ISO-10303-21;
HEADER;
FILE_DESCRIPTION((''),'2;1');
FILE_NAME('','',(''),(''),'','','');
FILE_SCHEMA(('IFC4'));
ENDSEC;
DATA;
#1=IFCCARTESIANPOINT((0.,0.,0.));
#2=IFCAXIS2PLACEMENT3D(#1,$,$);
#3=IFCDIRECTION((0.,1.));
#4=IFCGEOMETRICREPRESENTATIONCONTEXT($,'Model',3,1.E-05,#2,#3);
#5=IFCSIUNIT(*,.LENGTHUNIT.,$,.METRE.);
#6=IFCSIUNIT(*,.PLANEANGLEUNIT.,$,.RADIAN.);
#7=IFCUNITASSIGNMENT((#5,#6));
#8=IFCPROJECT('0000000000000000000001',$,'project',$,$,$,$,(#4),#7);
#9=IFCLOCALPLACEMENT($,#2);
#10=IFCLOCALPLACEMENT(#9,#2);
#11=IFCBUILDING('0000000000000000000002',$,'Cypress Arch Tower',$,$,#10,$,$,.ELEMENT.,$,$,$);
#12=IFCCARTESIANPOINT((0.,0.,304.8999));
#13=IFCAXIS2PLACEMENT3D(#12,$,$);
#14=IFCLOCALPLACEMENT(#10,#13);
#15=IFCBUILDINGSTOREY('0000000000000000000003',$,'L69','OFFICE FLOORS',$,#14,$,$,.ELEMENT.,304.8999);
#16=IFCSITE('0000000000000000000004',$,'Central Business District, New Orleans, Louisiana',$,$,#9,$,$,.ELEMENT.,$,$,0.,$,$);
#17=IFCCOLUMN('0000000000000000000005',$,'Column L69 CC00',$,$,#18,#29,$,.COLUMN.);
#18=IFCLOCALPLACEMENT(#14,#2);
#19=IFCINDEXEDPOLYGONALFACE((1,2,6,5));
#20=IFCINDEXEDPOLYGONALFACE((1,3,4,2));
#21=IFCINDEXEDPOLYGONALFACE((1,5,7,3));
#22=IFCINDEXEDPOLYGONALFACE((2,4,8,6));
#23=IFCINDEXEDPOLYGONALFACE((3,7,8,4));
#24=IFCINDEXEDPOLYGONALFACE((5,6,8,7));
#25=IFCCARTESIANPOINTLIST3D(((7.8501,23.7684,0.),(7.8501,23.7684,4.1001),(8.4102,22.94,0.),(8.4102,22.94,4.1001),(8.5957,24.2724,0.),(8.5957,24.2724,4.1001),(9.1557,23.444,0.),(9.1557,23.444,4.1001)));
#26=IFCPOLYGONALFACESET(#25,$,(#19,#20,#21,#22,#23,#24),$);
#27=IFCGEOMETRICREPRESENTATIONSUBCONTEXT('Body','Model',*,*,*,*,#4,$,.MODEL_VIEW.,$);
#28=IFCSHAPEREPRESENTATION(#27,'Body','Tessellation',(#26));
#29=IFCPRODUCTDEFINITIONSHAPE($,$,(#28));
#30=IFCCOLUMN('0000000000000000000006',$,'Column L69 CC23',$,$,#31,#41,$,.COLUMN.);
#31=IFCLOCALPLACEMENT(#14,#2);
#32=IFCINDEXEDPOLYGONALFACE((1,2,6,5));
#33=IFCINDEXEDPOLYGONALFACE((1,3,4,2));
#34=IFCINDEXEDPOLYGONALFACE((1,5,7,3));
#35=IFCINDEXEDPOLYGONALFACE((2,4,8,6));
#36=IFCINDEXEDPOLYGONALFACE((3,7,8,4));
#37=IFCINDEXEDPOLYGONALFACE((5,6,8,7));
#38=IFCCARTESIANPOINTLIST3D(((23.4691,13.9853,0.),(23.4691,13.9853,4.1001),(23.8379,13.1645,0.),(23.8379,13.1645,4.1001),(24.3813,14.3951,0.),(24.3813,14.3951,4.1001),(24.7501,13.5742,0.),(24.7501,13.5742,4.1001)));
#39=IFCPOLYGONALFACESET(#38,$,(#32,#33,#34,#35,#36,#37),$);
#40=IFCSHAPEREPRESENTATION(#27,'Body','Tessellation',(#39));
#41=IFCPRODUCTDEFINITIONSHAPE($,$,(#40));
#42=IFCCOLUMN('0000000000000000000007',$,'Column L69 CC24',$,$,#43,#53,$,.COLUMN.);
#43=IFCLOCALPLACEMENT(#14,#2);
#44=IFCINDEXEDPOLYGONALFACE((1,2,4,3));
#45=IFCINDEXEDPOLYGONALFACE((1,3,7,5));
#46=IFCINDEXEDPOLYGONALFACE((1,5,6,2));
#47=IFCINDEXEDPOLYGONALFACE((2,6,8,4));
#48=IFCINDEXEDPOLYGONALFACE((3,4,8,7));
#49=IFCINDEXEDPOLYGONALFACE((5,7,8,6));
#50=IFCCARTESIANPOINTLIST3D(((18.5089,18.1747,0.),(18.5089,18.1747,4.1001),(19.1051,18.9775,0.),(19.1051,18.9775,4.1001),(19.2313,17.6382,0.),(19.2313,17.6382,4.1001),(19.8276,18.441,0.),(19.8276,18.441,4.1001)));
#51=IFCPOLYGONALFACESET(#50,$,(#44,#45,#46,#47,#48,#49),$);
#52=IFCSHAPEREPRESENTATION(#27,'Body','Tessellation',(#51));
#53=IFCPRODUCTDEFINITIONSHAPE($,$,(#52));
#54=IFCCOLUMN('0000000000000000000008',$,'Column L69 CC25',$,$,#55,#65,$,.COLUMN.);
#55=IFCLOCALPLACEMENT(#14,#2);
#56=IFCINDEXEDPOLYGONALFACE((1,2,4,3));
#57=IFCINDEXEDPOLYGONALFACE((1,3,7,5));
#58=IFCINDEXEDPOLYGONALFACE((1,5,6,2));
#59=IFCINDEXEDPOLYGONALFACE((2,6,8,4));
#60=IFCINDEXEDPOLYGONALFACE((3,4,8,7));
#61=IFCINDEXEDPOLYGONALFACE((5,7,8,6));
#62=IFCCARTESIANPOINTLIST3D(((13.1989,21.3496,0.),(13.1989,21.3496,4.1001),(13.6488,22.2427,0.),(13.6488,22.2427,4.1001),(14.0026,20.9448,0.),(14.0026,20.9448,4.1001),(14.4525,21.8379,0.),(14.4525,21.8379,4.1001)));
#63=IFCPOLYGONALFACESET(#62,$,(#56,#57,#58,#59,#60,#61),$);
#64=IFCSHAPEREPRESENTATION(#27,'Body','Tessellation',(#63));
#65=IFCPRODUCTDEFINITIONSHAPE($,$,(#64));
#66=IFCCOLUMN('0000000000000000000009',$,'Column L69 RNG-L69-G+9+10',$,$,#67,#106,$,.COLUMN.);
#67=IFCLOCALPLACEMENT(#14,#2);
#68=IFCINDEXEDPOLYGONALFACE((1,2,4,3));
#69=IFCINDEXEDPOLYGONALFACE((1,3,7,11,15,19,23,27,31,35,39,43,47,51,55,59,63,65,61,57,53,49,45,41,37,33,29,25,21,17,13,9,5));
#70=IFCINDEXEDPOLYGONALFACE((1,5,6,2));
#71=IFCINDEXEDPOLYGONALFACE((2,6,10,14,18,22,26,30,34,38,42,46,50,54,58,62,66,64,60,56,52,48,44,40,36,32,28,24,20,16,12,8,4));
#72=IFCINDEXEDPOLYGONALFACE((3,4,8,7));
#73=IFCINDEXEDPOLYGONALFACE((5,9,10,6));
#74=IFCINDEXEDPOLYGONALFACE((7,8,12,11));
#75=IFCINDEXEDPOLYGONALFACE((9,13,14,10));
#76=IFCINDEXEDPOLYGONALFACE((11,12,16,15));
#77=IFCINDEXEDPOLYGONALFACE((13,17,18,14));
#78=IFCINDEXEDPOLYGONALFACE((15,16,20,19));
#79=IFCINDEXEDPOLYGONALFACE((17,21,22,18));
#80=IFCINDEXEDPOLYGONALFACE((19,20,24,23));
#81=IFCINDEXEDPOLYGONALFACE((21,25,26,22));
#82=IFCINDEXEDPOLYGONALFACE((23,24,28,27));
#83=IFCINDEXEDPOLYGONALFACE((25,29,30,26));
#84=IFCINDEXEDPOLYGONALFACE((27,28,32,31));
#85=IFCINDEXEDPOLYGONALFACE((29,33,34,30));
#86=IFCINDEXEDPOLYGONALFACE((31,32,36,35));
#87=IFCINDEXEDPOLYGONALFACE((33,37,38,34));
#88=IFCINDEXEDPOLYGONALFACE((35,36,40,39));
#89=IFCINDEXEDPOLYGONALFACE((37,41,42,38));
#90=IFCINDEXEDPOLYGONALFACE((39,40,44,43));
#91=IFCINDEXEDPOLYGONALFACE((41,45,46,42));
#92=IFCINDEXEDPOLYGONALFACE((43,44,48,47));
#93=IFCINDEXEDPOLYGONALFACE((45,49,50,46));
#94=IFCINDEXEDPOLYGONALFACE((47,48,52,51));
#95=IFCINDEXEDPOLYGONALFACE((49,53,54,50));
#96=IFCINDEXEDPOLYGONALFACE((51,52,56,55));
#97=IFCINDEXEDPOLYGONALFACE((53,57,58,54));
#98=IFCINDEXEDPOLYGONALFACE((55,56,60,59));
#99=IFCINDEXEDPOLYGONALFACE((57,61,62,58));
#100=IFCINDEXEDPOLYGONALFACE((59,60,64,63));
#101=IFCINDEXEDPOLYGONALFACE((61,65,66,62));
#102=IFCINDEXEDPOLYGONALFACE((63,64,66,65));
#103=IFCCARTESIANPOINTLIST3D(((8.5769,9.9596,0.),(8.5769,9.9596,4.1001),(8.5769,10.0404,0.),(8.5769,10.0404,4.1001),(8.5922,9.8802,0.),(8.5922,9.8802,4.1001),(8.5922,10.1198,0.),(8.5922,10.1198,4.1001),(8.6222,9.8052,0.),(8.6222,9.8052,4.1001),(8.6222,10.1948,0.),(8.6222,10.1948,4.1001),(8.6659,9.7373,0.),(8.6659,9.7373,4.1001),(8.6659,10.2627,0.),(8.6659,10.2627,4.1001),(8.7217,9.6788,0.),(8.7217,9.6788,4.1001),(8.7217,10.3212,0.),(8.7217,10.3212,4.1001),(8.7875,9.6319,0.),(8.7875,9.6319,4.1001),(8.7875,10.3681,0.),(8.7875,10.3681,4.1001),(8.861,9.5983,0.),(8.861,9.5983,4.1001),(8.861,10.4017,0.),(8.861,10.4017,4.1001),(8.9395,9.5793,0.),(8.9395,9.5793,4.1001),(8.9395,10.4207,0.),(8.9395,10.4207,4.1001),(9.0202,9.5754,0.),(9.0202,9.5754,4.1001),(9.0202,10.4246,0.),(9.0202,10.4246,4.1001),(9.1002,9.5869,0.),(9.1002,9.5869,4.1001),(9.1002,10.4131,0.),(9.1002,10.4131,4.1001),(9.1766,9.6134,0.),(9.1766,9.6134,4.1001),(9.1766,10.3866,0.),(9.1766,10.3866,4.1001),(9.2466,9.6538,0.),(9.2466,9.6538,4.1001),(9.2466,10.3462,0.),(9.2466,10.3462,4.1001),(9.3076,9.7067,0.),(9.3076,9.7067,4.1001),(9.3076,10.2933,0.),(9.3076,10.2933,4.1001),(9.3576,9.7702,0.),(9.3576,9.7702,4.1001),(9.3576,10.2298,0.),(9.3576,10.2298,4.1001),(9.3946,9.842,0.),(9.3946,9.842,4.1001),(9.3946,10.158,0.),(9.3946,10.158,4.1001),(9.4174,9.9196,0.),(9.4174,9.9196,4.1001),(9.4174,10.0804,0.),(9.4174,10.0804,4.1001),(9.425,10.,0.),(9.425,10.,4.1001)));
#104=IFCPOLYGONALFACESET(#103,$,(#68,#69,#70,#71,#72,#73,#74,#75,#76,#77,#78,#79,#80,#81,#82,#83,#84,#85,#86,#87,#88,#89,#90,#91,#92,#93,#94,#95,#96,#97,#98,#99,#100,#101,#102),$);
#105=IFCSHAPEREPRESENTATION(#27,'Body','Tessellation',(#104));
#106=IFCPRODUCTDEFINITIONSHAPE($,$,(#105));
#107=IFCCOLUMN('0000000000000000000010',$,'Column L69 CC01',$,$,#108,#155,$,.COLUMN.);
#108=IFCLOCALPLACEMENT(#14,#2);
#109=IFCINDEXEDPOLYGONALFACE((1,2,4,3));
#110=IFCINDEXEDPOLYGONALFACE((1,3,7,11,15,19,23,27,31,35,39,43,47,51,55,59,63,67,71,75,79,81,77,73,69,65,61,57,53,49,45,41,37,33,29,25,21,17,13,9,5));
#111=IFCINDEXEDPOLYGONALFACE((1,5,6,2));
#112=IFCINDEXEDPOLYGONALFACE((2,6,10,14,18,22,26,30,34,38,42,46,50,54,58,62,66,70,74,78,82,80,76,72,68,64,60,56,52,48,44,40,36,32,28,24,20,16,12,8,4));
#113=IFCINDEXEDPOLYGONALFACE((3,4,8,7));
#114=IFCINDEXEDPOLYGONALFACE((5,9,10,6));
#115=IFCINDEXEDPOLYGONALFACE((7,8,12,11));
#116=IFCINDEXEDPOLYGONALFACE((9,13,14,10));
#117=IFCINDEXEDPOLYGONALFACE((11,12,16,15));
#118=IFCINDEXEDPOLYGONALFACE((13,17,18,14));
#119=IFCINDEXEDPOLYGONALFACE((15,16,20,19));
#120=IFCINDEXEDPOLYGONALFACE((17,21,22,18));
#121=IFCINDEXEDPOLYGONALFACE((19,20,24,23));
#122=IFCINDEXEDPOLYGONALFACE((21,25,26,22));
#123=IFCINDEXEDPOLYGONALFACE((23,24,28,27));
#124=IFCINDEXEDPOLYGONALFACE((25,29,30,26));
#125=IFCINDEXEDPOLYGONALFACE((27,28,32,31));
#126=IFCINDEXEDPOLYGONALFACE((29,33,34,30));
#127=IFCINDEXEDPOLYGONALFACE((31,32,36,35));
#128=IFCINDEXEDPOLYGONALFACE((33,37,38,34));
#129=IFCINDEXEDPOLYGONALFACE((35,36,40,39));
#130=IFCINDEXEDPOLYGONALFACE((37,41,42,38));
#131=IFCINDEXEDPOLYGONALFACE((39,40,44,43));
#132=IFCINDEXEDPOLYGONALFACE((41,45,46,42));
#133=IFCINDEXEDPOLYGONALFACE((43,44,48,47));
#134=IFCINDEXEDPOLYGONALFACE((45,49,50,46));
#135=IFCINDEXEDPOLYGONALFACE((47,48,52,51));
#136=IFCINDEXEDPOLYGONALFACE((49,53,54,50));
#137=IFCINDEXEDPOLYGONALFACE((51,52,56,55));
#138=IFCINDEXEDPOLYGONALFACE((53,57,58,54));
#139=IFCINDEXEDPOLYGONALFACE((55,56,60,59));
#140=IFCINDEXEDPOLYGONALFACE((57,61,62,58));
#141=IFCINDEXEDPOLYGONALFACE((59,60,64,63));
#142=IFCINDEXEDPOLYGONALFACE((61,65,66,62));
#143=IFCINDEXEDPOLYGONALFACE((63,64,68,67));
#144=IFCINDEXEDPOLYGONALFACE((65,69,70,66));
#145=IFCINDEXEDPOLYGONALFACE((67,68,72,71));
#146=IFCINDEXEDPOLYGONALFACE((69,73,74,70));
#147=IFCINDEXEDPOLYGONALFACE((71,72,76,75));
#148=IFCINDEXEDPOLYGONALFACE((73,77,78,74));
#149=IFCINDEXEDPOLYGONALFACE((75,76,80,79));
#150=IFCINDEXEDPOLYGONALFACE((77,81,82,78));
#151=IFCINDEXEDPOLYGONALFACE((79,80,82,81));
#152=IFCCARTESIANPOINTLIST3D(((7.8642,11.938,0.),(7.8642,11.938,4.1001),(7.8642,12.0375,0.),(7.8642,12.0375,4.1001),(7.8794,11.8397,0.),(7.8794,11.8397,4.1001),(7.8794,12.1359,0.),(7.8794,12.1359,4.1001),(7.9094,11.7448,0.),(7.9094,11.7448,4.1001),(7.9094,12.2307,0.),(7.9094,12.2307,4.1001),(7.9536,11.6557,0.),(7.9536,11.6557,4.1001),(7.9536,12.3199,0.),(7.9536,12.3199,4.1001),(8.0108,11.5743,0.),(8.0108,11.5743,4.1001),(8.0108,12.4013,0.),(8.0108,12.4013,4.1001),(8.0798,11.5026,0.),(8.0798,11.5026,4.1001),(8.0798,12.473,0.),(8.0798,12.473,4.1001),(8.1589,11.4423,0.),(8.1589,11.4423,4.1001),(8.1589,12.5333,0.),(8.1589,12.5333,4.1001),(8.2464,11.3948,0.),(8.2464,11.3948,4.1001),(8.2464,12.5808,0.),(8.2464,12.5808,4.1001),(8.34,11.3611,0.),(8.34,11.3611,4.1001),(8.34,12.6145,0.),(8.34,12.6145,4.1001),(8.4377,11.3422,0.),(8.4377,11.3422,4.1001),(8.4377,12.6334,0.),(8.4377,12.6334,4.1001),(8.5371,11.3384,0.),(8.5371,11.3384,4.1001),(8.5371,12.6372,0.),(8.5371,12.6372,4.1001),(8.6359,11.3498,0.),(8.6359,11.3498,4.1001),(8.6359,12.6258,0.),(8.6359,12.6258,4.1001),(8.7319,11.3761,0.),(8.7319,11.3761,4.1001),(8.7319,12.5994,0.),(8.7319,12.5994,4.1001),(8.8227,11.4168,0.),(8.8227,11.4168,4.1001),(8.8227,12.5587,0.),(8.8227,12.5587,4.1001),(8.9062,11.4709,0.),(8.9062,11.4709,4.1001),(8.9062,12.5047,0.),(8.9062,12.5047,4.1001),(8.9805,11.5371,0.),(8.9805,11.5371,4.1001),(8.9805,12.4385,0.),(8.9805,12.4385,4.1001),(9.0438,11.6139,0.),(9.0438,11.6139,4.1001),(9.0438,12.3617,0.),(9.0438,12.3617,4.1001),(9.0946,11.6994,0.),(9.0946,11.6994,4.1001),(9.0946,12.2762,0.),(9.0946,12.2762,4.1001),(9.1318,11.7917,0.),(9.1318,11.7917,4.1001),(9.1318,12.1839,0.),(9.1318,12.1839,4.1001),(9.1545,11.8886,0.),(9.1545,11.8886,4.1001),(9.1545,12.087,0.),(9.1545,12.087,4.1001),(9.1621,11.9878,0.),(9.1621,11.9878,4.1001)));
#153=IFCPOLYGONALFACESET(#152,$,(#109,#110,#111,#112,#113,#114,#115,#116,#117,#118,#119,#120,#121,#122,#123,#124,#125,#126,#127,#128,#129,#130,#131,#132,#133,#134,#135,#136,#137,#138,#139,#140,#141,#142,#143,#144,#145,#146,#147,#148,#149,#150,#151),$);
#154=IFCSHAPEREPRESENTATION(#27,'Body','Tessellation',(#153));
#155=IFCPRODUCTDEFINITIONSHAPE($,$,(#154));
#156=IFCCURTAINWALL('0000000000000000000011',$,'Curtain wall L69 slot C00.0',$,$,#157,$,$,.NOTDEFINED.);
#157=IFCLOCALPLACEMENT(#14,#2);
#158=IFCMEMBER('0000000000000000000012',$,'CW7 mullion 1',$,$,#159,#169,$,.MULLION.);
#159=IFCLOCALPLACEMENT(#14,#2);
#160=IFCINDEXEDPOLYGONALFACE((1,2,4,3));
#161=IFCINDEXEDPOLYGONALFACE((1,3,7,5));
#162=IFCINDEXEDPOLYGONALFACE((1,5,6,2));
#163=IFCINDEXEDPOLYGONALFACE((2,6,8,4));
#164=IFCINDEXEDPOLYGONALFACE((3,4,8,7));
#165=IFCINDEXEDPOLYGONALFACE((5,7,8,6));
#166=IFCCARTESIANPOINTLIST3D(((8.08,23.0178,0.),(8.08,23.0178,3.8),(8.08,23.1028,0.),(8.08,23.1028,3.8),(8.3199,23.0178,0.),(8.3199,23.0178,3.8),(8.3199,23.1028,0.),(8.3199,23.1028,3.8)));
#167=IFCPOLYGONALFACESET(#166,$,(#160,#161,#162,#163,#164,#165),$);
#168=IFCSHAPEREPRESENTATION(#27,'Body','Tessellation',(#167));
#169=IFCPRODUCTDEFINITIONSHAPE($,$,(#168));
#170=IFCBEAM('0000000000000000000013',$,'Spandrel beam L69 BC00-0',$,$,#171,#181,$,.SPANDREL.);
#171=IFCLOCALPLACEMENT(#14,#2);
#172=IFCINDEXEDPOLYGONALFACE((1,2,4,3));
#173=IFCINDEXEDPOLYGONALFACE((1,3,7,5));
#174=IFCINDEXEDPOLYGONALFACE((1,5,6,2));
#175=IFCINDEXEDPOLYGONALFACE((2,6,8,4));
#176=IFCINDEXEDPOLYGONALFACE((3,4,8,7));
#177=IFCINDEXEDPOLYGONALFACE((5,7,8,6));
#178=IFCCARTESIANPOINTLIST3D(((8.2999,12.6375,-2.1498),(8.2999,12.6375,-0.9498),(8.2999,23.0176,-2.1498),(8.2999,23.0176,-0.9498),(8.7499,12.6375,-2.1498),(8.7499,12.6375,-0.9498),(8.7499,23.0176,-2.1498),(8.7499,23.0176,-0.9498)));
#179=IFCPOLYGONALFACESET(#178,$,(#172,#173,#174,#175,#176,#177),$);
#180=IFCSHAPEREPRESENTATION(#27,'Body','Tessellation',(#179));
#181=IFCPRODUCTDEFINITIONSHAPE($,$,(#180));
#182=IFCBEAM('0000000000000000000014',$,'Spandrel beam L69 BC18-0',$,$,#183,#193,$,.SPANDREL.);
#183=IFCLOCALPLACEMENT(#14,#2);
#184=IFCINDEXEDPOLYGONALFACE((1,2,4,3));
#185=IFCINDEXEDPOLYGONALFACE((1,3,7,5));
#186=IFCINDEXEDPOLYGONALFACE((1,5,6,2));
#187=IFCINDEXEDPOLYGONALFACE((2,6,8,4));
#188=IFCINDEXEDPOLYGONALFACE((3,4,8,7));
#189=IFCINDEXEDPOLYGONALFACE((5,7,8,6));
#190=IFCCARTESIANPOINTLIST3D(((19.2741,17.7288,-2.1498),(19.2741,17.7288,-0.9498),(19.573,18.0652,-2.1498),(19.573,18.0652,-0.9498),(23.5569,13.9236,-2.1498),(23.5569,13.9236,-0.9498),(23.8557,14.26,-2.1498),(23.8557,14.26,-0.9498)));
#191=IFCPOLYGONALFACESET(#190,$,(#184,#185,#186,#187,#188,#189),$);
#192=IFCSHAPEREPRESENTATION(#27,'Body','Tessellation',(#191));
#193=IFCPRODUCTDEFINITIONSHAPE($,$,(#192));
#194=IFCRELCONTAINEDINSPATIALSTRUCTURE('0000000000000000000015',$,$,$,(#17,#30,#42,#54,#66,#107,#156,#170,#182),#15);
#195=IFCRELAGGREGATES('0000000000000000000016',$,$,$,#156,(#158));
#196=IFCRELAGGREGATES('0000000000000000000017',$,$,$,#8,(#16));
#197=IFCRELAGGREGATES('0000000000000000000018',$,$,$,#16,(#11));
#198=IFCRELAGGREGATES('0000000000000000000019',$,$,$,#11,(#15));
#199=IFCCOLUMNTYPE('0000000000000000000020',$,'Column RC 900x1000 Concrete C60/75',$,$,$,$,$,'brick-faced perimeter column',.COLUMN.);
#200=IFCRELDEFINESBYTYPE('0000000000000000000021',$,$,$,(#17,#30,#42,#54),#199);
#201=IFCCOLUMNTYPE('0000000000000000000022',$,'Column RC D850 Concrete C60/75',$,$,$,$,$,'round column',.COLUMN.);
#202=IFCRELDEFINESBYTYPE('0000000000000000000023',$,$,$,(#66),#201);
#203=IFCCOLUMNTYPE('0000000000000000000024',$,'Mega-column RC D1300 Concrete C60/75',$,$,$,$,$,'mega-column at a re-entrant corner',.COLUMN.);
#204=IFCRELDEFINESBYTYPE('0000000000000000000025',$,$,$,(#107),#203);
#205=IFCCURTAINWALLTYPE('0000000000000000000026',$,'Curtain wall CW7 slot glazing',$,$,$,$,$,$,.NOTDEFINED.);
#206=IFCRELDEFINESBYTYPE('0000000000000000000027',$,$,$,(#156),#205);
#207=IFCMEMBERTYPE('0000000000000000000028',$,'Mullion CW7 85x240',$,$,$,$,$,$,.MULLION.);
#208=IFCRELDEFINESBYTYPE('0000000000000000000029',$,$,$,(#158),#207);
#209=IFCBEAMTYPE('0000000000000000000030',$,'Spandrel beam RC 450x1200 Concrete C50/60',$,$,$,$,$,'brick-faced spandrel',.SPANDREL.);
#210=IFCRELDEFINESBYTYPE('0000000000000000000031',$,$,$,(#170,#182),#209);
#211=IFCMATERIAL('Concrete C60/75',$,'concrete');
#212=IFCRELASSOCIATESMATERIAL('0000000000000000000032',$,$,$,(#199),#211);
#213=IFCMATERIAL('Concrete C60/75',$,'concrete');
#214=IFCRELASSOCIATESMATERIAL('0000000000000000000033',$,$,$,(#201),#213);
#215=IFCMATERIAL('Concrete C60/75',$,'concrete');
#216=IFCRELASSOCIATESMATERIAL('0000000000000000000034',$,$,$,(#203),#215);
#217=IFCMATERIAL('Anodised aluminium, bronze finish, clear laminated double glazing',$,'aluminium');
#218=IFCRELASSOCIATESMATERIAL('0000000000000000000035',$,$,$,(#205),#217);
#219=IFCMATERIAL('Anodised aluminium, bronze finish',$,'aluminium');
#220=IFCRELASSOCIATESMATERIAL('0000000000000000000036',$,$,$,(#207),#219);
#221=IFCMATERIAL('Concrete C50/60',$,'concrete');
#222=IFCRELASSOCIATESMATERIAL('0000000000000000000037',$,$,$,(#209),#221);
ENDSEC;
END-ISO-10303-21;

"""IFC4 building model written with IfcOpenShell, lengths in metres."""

from ifc_helpers import new_model, si_unit, direction, frame, origin, origin_2d, place, context, subcontext, project, spatial, rectangle, circle, extrude, material, material_profile, profile_set, type_object, element, aggregate, save


model = new_model("IFC4")

# Units and contexts
model_context = context("Model", 3, precision=1e-05, world=origin(), true_north=direction((0.0, 1.0)))
body_context = subcontext(model_context, "Body", "Model", "MODEL_VIEW")
ifc_project = project(units=[si_unit("LENGTHUNIT", "METRE"), si_unit("PLANEANGLEUNIT", "RADIAN")], contexts=[model_context])

# Site, building, storey
site_placement = place(None, origin())
site = spatial("IfcSite", under=ifc_project, at=site_placement, Name="Central Business District, New Orleans, Louisiana", CompositionType="ELEMENT", RefElevation=0.0)
building_placement = place(site_placement, origin())
building = spatial("IfcBuilding", under=site, at=building_placement, Name="Cypress Arch Tower", CompositionType="ELEMENT")
storey_placement = place(building_placement, frame((0.0, 0.0, 304.8999)))
storey = spatial("IfcBuildingStorey", under=building, at=storey_placement, Name="L69", Description="OFFICE FLOORS", CompositionType="ELEMENT", Elevation=304.8999)

# Columns
ifc_material_1 = material(Name="Concrete C60/75", Category="concrete")
ifc_material_profile_1 = material_profile(ifc_material_1, rectangle(XDim=0.8999, YDim=1.0, at=origin_2d()), Name="RC 900x1000")
ifc_profile_set_1 = profile_set([ifc_material_profile_1], Name="Concrete C60/75")
column_type_1 = type_object("IfcColumnType", Name="Column RC 900x1000 Concrete C60/75", ElementType="brick-faced perimeter column", PredefinedType="COLUMN", material=ifc_profile_set_1)
for number, where, z_axis, x_axis, name in (
    (1, (8.5029, 23.6062, 0.0), (0.0, 0.0, 1.0), (-0.82847, -0.560034, 0.0), "Column L69 CC00"),
    (2, (24.1096, 13.7798, 0.0), (0.0, 0.0, 1.0), (-0.409765, 0.912191, 0.0), "Column L69 CC23"),
    (3, (19.1682, 18.3079, 0.0), (0.0, 0.0, 1.0), (-0.802799, 0.59625, 0.0), "Column L69 CC24"),
    (4, (13.8257, 21.5938, 0.0), (0.0, 0.0, 1.0), (-0.893106, 0.449845, 0.0), "Column L69 CC25"),
):
    element("IfcColumn", number, at=place(storey_placement, frame(where, z_axis=z_axis, x_axis=x_axis)), inside=storey, type_object=column_type_1, Name=name, PredefinedType="COLUMN", context=body_context, shape_type="SweptSolid", body=[
        extrude(rectangle(XDim=0.8999, YDim=1.0, at=origin_2d()), origin(), (0.0, 0.0, 1.0), 4.1001),
    ])
ifc_material_2 = material(Name="Concrete C60/75", Category="concrete")
ifc_material_profile_2 = material_profile(ifc_material_2, circle(Radius=0.425, at=origin_2d()), Name="RC D850")
ifc_profile_set_2 = profile_set([ifc_material_profile_2], Name="Concrete C60/75")
column_type_2 = type_object("IfcColumnType", Name="Column RC D850 Concrete C60/75", ElementType="round column", PredefinedType="COLUMN", material=ifc_profile_set_2)
column_1_placement = place(storey_placement, frame((9.0, 10.0, 0.0), z_axis=(0.0, 0.0, 1.0), x_axis=(1.0, 0.0, 0.0)))
element("IfcColumn", 5, at=column_1_placement, inside=storey, type_object=column_type_2, Name="Column L69 RNG-L69-G+9+10", PredefinedType="COLUMN", context=body_context, shape_type="SweptSolid", body=[
    extrude(circle(Radius=0.425, at=origin_2d()), origin(), (0.0, 0.0, 1.0), 4.1001),
])
ifc_material_3 = material(Name="Concrete C60/75", Category="concrete")
ifc_material_profile_3 = material_profile(ifc_material_3, circle(Radius=0.6499, at=origin_2d()), Name="RC D1300")
ifc_profile_set_3 = profile_set([ifc_material_profile_3], Name="Concrete C60/75")
column_type_3 = type_object("IfcColumnType", Name="Mega-column RC D1300 Concrete C60/75", ElementType="mega-column at a re-entrant corner", PredefinedType="COLUMN", material=ifc_profile_set_3)
column_2_placement = place(storey_placement, frame((8.5122, 11.9878, 0.0), z_axis=(0.0, 0.0, 1.0), x_axis=(1.0, 0.0, 0.0)))
element("IfcColumn", 6, at=column_2_placement, inside=storey, type_object=column_type_3, Name="Column L69 CC01", PredefinedType="COLUMN", context=body_context, shape_type="SweptSolid", body=[
    extrude(circle(Radius=0.6499, at=origin_2d()), origin(), (0.0, 0.0, 1.0), 4.1001),
])

# Curtain wall, member
ifc_material_4 = material(Name="Anodised aluminium, bronze finish, clear laminated double glazing", Category="aluminium")
curtain_wall_type = type_object("IfcCurtainWallType", Name="Curtain wall CW7 slot glazing", PredefinedType="NOTDEFINED", material=ifc_material_4)
curtain_wall_placement = place(storey_placement, origin())
curtain_wall = element("IfcCurtainWall", 7, at=curtain_wall_placement, inside=storey, type_object=curtain_wall_type, Name="Curtain wall L69 slot C00.0", PredefinedType="NOTDEFINED")
ifc_material_5 = material(Name="Anodised aluminium, bronze finish", Category="aluminium")
ifc_material_profile_4 = material_profile(ifc_material_5, rectangle(XDim=0.24, YDim=0.085, at=origin_2d()), Name="Mullion 85x240")
ifc_profile_set_4 = profile_set([ifc_material_profile_4], Name="Anodised aluminium, bronze finish")
member_type_1 = type_object("IfcMemberType", Name="Mullion CW7 85x240", PredefinedType="MULLION", material=ifc_profile_set_4)
member_1_placement = place(storey_placement, frame((8.2, 23.0603, 0.0), z_axis=(0.0, 0.0, 1.0), x_axis=(1.0, 0.0, 0.0)))
member_1 = element("IfcMember", 8, at=member_1_placement, type_object=member_type_1, Name="CW7 mullion 1", PredefinedType="MULLION", context=body_context, shape_type="SweptSolid", body=[
    extrude(rectangle(XDim=0.24, YDim=0.085, at=origin_2d()), origin(), (0.0, 0.0, 1.0), 3.8),
])

# Beams
ifc_material_6 = material(Name="Concrete C50/60", Category="concrete")
ifc_material_profile_5 = material_profile(ifc_material_6, rectangle(XDim=0.45, YDim=1.2, at=origin_2d()), Name="RC 450x1200")
ifc_profile_set_5 = profile_set([ifc_material_profile_5], Name="Concrete C50/60")
beam_type = type_object("IfcBeamType", Name="Spandrel beam RC 450x1200 Concrete C50/60", ElementType="brick-faced spandrel", PredefinedType="SPANDREL", material=ifc_profile_set_5)
beam_1_placement = place(storey_placement, frame((8.5249, 23.0176, -1.5498), z_axis=(0.0, -1.0, 0.0), x_axis=(1.0, 0.0, 0.0)))
element("IfcBeam", 9, at=beam_1_placement, inside=storey, type_object=beam_type, Name="Spandrel beam L69 BC00-0", PredefinedType="SPANDREL", context=body_context, shape_type="SweptSolid", body=[
    extrude(rectangle(XDim=0.45, YDim=1.2, at=origin_2d()), origin(), (0.0, 0.0, 1.0), 10.3801),
])
beam_2_placement = place(storey_placement, frame((23.7063, 14.0918, -1.5498), z_axis=(-0.747555, 0.6642, 0.0), x_axis=(-0.6642, -0.747555, 0.0)))
element("IfcBeam", 10, at=beam_2_placement, inside=storey, type_object=beam_type, Name="Spandrel beam L69 BC18-0", PredefinedType="SPANDREL", context=body_context, shape_type="SweptSolid", body=[
    extrude(rectangle(XDim=0.45, YDim=1.2, at=origin_2d()), origin(), (0.0, 0.0, 1.0), 5.729),
])

aggregate(curtain_wall, [member_1])

save(model, "model.ifc")
